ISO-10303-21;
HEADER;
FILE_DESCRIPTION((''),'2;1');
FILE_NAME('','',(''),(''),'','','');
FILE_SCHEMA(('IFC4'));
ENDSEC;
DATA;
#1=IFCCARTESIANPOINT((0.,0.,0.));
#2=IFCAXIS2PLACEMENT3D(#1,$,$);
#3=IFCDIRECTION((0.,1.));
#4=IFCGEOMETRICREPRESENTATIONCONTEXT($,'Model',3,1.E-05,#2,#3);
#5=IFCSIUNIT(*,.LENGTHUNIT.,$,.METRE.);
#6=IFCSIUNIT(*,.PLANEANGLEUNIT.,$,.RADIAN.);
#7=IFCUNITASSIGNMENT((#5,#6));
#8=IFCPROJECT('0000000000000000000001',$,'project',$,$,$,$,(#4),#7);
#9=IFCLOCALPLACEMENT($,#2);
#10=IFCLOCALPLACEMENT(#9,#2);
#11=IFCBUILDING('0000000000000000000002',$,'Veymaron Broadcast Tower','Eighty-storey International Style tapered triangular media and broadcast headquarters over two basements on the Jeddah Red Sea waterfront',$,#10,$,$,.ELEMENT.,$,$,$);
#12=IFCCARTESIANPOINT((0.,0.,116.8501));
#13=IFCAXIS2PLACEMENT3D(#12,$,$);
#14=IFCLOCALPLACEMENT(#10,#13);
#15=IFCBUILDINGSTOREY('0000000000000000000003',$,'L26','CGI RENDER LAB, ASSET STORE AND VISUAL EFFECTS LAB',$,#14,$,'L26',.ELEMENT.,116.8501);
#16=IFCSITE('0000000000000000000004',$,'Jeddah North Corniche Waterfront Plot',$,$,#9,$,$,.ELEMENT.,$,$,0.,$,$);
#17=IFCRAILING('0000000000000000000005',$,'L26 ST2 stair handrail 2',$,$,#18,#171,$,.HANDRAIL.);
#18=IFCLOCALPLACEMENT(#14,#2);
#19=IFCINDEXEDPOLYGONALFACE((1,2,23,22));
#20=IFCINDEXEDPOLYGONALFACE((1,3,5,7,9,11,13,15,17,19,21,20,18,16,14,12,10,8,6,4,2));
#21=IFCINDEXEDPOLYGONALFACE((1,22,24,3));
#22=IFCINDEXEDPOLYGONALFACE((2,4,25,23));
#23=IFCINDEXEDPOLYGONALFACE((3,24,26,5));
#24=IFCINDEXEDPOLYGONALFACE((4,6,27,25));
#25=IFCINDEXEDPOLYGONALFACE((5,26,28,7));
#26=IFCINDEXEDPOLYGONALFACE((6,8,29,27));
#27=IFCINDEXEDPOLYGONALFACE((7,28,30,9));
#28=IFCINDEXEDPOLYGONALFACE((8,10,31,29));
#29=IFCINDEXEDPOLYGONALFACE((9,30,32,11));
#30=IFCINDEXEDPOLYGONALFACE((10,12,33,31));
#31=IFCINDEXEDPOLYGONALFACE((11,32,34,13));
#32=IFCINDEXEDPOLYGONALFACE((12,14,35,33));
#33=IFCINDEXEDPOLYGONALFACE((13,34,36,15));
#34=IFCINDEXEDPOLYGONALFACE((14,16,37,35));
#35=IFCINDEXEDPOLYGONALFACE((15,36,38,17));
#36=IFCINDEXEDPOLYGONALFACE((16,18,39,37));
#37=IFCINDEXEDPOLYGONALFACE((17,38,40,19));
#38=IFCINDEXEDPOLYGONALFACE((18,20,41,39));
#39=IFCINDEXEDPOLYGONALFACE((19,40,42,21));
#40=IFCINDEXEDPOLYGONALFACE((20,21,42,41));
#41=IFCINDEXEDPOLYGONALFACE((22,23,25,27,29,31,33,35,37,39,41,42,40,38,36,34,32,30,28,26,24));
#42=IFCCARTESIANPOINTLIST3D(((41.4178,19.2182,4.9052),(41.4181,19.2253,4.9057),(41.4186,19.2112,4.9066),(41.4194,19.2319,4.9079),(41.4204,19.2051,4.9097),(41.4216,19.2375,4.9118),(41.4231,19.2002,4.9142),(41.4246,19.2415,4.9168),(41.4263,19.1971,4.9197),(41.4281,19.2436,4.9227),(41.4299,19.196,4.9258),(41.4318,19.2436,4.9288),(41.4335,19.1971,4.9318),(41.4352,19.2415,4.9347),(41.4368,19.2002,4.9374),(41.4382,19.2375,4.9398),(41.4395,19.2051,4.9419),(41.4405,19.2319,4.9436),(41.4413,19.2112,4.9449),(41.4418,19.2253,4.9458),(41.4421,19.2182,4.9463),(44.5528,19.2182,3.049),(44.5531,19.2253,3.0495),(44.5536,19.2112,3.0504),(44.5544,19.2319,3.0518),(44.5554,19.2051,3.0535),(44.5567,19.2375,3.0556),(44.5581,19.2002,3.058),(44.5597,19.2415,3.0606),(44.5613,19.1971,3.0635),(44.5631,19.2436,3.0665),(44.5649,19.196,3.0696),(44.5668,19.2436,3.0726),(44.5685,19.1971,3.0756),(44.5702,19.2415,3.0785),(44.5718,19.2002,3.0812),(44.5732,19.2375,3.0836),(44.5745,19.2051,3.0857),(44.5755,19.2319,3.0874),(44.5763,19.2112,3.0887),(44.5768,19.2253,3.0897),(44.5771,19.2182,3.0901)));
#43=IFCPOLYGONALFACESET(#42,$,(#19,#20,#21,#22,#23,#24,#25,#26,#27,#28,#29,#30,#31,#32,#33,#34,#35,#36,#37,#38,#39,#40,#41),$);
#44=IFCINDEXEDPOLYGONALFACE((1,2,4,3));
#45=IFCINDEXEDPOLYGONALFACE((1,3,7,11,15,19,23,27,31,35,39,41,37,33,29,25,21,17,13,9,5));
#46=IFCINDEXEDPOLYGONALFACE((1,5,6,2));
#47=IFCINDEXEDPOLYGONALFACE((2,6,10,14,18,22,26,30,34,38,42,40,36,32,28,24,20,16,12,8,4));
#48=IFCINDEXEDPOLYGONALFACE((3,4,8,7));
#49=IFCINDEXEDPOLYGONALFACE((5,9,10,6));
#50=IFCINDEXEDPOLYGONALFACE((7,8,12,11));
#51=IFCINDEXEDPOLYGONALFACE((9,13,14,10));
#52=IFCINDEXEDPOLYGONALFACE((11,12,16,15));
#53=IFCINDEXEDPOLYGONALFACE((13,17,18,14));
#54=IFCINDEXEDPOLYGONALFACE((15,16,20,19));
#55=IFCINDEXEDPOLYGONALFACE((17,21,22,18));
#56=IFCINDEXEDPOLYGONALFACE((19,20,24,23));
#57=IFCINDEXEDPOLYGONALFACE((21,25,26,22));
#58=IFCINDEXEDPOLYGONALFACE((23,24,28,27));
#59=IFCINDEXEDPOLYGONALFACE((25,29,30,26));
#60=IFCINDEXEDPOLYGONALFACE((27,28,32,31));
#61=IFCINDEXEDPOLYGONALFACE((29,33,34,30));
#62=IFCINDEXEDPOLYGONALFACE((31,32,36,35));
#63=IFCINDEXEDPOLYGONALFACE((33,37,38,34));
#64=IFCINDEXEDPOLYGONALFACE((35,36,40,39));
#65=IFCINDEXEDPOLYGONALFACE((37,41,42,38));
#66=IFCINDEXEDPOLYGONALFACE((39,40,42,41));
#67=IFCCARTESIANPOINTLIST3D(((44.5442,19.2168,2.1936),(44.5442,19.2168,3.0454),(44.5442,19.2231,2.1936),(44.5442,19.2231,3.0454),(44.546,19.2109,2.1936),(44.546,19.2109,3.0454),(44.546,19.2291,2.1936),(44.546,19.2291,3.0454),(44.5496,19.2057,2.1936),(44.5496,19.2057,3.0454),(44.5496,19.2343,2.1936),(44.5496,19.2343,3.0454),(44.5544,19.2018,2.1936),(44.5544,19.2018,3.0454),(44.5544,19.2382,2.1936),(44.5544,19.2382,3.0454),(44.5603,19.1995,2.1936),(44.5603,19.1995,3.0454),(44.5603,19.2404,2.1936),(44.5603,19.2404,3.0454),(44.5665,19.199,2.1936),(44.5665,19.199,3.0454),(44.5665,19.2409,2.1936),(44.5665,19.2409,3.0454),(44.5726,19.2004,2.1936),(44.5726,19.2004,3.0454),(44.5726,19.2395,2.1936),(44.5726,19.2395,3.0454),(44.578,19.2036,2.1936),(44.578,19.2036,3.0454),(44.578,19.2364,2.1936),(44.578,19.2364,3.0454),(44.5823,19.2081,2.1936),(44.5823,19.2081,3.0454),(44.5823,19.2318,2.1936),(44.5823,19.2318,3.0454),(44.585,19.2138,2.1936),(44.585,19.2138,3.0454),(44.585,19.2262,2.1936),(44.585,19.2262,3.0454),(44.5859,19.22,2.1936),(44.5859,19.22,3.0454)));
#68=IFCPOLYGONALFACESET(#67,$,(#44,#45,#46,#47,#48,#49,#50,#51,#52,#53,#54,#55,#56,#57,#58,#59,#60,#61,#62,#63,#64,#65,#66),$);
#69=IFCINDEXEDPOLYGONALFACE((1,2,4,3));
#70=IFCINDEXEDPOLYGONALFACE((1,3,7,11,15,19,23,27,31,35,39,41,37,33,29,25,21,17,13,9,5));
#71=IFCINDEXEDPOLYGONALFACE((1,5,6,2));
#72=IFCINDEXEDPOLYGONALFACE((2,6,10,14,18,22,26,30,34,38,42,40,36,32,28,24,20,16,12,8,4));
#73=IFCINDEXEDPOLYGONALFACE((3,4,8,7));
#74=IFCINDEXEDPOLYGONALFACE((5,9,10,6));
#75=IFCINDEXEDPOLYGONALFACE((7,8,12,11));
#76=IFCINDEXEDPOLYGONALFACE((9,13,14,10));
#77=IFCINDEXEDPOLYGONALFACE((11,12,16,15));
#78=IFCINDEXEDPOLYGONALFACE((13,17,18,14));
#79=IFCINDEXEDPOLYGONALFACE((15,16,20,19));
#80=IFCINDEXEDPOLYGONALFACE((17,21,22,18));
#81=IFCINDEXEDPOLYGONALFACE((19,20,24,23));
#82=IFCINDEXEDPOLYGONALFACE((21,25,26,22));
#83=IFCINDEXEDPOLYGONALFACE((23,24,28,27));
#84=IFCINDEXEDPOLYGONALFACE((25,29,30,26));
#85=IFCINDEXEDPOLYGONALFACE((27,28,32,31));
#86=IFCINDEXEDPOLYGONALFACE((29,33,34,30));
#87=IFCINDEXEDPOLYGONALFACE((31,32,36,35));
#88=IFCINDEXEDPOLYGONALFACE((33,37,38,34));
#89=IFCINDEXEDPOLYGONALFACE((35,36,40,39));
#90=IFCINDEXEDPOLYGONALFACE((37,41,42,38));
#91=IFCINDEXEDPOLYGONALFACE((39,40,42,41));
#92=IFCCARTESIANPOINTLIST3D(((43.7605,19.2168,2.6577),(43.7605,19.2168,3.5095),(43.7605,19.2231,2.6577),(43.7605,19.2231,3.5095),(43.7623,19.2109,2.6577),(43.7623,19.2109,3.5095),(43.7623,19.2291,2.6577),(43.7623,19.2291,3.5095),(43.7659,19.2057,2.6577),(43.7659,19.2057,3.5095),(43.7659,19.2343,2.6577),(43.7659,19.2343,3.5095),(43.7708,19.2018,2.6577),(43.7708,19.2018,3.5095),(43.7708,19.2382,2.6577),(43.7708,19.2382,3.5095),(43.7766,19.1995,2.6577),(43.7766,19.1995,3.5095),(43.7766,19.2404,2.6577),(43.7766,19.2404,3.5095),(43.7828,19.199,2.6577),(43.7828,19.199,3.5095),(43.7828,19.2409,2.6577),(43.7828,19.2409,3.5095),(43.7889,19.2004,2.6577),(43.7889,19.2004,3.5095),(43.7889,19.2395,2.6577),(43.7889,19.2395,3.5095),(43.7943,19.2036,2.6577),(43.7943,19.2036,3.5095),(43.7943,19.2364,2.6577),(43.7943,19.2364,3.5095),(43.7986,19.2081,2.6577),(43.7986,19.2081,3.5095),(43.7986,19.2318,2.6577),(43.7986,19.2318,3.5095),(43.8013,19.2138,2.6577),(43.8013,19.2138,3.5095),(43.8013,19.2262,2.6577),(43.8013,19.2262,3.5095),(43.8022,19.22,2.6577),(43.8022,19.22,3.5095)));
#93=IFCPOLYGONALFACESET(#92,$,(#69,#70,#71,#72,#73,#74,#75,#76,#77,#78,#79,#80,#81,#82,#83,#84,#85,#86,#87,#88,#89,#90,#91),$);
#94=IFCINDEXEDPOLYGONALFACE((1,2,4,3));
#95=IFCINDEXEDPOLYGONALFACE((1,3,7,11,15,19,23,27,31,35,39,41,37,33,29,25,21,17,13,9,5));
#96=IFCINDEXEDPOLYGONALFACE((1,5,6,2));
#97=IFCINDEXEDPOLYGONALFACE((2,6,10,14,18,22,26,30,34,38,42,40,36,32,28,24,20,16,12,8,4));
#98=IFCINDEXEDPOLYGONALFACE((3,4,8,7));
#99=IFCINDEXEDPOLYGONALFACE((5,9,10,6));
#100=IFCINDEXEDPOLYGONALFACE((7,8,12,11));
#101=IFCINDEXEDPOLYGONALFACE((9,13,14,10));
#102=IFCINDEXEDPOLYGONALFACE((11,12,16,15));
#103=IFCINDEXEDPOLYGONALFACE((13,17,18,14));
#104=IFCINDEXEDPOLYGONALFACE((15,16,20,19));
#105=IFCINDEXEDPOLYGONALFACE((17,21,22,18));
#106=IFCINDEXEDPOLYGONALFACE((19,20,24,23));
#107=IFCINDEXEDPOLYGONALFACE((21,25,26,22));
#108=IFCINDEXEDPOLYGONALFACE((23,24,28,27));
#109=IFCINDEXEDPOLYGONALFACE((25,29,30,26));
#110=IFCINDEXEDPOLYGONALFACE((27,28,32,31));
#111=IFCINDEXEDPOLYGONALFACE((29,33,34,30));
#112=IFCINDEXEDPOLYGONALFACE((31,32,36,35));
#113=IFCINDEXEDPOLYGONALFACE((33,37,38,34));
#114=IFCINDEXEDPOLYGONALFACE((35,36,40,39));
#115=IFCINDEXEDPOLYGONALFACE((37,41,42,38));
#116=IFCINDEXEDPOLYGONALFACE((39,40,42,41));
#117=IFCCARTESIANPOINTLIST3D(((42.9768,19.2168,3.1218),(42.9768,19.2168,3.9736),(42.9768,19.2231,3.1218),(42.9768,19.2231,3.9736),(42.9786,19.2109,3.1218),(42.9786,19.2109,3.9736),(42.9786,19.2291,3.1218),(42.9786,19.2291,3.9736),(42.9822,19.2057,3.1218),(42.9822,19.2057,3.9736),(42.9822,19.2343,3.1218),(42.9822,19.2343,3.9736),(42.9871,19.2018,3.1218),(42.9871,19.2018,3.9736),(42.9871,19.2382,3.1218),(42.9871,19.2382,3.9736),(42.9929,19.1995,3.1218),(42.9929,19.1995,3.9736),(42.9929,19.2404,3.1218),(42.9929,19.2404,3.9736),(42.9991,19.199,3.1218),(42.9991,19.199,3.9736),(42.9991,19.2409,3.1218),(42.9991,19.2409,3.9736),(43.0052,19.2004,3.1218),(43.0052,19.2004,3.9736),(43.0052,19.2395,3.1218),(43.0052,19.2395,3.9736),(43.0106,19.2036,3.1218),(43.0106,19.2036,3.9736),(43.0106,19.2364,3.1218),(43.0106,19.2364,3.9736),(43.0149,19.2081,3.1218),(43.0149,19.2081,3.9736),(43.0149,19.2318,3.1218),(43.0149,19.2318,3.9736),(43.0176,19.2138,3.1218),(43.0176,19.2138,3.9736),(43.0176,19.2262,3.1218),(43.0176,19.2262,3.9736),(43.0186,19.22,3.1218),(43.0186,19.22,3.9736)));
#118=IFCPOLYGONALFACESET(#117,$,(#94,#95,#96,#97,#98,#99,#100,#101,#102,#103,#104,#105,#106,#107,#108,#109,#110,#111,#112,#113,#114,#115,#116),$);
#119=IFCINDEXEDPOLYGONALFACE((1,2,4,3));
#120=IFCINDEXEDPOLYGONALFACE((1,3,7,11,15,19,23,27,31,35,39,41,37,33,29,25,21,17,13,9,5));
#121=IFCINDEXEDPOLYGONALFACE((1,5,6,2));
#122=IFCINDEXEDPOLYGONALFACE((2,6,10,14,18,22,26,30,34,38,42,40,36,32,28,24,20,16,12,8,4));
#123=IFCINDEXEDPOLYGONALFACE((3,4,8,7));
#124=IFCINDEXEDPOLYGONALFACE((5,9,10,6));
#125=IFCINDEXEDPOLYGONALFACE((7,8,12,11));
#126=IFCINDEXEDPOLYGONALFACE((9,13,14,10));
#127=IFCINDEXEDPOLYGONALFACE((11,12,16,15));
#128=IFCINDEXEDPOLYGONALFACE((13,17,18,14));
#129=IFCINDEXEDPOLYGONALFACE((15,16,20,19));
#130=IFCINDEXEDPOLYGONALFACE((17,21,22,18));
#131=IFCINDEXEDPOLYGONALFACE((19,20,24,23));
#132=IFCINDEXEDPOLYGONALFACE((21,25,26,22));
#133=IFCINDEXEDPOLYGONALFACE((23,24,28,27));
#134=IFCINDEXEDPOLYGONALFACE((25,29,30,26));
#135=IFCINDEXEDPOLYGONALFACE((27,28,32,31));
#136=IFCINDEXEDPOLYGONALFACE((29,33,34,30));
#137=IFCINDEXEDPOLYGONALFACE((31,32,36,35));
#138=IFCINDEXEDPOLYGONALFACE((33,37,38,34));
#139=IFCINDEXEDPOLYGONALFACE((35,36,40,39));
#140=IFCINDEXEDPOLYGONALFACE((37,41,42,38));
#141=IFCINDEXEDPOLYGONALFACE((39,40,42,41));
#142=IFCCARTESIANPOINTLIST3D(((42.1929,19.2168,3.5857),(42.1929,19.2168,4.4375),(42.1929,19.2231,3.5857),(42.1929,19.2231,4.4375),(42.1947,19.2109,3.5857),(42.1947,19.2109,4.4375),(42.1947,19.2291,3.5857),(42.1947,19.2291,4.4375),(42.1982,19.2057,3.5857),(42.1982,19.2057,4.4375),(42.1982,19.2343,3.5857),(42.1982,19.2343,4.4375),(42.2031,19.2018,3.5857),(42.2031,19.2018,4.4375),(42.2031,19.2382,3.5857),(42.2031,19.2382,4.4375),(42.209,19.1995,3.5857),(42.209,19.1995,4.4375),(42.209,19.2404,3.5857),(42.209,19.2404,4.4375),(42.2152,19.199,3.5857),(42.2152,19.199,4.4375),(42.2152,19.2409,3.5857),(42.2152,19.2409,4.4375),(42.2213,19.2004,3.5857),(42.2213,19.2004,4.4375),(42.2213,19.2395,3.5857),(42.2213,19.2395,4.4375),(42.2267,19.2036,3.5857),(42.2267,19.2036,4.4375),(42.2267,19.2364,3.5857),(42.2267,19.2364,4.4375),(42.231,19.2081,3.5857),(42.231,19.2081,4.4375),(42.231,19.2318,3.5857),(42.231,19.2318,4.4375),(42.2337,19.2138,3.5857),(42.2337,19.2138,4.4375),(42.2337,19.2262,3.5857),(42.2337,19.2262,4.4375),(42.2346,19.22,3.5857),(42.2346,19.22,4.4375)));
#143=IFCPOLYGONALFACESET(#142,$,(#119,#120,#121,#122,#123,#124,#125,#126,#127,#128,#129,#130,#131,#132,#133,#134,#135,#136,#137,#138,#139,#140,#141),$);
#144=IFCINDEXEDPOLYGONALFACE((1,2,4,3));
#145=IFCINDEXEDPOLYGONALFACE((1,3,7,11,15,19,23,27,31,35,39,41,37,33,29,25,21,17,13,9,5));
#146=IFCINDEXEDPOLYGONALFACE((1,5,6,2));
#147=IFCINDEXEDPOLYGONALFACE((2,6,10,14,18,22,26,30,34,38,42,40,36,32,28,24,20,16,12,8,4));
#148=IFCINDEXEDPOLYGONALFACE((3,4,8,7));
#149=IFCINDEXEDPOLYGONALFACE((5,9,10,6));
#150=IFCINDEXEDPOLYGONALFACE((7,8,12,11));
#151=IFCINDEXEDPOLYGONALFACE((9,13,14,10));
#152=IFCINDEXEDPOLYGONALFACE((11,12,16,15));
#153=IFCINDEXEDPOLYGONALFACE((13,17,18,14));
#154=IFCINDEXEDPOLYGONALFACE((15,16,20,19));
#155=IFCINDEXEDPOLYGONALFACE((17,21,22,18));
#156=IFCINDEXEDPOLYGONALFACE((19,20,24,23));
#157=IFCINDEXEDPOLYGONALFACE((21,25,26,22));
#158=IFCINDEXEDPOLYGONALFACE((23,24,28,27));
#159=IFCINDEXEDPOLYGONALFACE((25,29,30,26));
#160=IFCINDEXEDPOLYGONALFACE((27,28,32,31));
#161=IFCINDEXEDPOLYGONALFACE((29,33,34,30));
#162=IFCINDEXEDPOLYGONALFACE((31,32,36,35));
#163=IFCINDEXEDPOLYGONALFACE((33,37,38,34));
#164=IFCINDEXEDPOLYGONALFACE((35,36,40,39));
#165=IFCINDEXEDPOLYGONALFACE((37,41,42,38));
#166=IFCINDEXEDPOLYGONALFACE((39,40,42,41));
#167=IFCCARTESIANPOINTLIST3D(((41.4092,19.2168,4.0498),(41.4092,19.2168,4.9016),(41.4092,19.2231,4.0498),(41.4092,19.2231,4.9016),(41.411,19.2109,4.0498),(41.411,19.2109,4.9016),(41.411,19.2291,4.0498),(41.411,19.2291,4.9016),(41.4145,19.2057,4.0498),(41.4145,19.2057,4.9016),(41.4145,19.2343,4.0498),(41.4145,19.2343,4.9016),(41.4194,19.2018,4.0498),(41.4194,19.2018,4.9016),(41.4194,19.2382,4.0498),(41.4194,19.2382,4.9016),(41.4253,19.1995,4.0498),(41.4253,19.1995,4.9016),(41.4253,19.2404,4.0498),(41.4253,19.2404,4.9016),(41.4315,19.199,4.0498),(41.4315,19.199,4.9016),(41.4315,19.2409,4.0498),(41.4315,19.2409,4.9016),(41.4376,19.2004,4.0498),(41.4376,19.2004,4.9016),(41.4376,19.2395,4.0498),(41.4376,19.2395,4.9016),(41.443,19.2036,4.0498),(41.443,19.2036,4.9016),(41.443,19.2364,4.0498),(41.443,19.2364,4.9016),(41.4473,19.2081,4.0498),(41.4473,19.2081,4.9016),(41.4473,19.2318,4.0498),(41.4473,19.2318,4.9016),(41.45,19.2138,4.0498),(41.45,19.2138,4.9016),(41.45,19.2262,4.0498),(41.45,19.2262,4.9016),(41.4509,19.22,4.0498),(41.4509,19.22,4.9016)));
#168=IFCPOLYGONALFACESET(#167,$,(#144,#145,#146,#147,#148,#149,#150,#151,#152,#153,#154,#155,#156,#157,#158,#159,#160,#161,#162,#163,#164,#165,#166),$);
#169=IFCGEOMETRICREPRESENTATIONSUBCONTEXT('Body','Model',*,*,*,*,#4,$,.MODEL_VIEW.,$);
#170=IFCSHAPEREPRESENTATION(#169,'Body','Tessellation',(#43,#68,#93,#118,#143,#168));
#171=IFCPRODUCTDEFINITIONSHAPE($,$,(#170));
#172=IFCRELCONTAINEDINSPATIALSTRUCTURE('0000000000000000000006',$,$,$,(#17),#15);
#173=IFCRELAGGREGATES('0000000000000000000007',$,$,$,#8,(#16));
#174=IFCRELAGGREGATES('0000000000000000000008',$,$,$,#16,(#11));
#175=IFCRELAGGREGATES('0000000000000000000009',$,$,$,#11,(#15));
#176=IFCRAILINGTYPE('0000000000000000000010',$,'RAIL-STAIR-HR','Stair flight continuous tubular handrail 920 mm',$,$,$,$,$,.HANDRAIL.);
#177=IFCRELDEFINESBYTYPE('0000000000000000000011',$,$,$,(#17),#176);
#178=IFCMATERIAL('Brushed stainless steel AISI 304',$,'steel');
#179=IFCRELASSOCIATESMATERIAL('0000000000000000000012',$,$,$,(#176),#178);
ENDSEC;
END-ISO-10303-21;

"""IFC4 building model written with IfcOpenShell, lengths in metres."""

from ifc_helpers import new_model, si_unit, direction, frame, origin, origin_2d, place, context, subcontext, project, spatial, circle, extrude, material, type_object, element, save


model = new_model("IFC4")

# Units and contexts
model_context = context("Model", 3, precision=1e-05, world=origin(), true_north=direction((0.0, 1.0)))
body_context = subcontext(model_context, "Body", "Model", "MODEL_VIEW")
ifc_project = project(units=[si_unit("LENGTHUNIT", "METRE"), si_unit("PLANEANGLEUNIT", "RADIAN")], contexts=[model_context])

# Site, building, storey
site_placement = place(None, origin())
site = spatial("IfcSite", under=ifc_project, at=site_placement, Name="Jeddah North Corniche Waterfront Plot", CompositionType="ELEMENT", RefElevation=0.0)
building_placement = place(site_placement, origin())
building = spatial("IfcBuilding", under=site, at=building_placement, Name="Veymaron Broadcast Tower", Description="Eighty-storey International Style tapered triangular media and broadcast headquarters over two basements on the Jeddah Red Sea waterfront", CompositionType="ELEMENT")
storey_placement = place(building_placement, frame((0.0, 0.0, 116.8501)))
storey = spatial("IfcBuildingStorey", under=building, at=storey_placement, Name="L26", Description="CGI RENDER LAB, ASSET STORE AND VISUAL EFFECTS LAB", LongName="L26", CompositionType="ELEMENT", Elevation=116.8501)

# Shared definitions
ifc_material_1 = material(Name="Brushed stainless steel AISI 304", Category="steel")

# Railing
railing_type_1 = type_object("IfcRailingType", Name="RAIL-STAIR-HR", Description="Stair flight continuous tubular handrail 920 mm", PredefinedType="HANDRAIL", material=ifc_material_1)
railing_1_placement = place(storey_placement, frame((44.5649, 19.22, 2.1936)))
element("IfcRailing", 1, at=railing_1_placement, inside=storey, type_object=railing_type_1, Name="L26 ST2 stair handrail 2", PredefinedType="HANDRAIL", context=body_context, shape_type="SweptSolid", body=[
    extrude(circle(Radius=0.0239, at=origin_2d()), frame((0.0, 0.0, 0.876), z_axis=(-0.860482, 0.0, 0.509481), x_axis=(0.0, -1.0, 0.0)), (0.0, 0.0, 1.0), 3.6433),
    extrude(circle(Radius=0.021, at=origin_2d()), origin(), (0.0, 0.0, 1.0), 0.8518),
    extrude(circle(Radius=0.021, at=origin_2d()), frame((-0.7837, 0.0, 0.4641)), (0.0, 0.0, 1.0), 0.8518),
    extrude(circle(Radius=0.021, at=origin_2d()), frame((-1.5674, 0.0, 0.9282)), (0.0, 0.0, 1.0), 0.8518),
    extrude(circle(Radius=0.021, at=origin_2d()), frame((-2.3513, 0.0, 1.3921)), (0.0, 0.0, 1.0), 0.8518),
    extrude(circle(Radius=0.021, at=origin_2d()), frame((-3.135, 0.0, 1.8562)), (0.0, 0.0, 1.0), 0.8518),
])

save(model, "model.ifc")
